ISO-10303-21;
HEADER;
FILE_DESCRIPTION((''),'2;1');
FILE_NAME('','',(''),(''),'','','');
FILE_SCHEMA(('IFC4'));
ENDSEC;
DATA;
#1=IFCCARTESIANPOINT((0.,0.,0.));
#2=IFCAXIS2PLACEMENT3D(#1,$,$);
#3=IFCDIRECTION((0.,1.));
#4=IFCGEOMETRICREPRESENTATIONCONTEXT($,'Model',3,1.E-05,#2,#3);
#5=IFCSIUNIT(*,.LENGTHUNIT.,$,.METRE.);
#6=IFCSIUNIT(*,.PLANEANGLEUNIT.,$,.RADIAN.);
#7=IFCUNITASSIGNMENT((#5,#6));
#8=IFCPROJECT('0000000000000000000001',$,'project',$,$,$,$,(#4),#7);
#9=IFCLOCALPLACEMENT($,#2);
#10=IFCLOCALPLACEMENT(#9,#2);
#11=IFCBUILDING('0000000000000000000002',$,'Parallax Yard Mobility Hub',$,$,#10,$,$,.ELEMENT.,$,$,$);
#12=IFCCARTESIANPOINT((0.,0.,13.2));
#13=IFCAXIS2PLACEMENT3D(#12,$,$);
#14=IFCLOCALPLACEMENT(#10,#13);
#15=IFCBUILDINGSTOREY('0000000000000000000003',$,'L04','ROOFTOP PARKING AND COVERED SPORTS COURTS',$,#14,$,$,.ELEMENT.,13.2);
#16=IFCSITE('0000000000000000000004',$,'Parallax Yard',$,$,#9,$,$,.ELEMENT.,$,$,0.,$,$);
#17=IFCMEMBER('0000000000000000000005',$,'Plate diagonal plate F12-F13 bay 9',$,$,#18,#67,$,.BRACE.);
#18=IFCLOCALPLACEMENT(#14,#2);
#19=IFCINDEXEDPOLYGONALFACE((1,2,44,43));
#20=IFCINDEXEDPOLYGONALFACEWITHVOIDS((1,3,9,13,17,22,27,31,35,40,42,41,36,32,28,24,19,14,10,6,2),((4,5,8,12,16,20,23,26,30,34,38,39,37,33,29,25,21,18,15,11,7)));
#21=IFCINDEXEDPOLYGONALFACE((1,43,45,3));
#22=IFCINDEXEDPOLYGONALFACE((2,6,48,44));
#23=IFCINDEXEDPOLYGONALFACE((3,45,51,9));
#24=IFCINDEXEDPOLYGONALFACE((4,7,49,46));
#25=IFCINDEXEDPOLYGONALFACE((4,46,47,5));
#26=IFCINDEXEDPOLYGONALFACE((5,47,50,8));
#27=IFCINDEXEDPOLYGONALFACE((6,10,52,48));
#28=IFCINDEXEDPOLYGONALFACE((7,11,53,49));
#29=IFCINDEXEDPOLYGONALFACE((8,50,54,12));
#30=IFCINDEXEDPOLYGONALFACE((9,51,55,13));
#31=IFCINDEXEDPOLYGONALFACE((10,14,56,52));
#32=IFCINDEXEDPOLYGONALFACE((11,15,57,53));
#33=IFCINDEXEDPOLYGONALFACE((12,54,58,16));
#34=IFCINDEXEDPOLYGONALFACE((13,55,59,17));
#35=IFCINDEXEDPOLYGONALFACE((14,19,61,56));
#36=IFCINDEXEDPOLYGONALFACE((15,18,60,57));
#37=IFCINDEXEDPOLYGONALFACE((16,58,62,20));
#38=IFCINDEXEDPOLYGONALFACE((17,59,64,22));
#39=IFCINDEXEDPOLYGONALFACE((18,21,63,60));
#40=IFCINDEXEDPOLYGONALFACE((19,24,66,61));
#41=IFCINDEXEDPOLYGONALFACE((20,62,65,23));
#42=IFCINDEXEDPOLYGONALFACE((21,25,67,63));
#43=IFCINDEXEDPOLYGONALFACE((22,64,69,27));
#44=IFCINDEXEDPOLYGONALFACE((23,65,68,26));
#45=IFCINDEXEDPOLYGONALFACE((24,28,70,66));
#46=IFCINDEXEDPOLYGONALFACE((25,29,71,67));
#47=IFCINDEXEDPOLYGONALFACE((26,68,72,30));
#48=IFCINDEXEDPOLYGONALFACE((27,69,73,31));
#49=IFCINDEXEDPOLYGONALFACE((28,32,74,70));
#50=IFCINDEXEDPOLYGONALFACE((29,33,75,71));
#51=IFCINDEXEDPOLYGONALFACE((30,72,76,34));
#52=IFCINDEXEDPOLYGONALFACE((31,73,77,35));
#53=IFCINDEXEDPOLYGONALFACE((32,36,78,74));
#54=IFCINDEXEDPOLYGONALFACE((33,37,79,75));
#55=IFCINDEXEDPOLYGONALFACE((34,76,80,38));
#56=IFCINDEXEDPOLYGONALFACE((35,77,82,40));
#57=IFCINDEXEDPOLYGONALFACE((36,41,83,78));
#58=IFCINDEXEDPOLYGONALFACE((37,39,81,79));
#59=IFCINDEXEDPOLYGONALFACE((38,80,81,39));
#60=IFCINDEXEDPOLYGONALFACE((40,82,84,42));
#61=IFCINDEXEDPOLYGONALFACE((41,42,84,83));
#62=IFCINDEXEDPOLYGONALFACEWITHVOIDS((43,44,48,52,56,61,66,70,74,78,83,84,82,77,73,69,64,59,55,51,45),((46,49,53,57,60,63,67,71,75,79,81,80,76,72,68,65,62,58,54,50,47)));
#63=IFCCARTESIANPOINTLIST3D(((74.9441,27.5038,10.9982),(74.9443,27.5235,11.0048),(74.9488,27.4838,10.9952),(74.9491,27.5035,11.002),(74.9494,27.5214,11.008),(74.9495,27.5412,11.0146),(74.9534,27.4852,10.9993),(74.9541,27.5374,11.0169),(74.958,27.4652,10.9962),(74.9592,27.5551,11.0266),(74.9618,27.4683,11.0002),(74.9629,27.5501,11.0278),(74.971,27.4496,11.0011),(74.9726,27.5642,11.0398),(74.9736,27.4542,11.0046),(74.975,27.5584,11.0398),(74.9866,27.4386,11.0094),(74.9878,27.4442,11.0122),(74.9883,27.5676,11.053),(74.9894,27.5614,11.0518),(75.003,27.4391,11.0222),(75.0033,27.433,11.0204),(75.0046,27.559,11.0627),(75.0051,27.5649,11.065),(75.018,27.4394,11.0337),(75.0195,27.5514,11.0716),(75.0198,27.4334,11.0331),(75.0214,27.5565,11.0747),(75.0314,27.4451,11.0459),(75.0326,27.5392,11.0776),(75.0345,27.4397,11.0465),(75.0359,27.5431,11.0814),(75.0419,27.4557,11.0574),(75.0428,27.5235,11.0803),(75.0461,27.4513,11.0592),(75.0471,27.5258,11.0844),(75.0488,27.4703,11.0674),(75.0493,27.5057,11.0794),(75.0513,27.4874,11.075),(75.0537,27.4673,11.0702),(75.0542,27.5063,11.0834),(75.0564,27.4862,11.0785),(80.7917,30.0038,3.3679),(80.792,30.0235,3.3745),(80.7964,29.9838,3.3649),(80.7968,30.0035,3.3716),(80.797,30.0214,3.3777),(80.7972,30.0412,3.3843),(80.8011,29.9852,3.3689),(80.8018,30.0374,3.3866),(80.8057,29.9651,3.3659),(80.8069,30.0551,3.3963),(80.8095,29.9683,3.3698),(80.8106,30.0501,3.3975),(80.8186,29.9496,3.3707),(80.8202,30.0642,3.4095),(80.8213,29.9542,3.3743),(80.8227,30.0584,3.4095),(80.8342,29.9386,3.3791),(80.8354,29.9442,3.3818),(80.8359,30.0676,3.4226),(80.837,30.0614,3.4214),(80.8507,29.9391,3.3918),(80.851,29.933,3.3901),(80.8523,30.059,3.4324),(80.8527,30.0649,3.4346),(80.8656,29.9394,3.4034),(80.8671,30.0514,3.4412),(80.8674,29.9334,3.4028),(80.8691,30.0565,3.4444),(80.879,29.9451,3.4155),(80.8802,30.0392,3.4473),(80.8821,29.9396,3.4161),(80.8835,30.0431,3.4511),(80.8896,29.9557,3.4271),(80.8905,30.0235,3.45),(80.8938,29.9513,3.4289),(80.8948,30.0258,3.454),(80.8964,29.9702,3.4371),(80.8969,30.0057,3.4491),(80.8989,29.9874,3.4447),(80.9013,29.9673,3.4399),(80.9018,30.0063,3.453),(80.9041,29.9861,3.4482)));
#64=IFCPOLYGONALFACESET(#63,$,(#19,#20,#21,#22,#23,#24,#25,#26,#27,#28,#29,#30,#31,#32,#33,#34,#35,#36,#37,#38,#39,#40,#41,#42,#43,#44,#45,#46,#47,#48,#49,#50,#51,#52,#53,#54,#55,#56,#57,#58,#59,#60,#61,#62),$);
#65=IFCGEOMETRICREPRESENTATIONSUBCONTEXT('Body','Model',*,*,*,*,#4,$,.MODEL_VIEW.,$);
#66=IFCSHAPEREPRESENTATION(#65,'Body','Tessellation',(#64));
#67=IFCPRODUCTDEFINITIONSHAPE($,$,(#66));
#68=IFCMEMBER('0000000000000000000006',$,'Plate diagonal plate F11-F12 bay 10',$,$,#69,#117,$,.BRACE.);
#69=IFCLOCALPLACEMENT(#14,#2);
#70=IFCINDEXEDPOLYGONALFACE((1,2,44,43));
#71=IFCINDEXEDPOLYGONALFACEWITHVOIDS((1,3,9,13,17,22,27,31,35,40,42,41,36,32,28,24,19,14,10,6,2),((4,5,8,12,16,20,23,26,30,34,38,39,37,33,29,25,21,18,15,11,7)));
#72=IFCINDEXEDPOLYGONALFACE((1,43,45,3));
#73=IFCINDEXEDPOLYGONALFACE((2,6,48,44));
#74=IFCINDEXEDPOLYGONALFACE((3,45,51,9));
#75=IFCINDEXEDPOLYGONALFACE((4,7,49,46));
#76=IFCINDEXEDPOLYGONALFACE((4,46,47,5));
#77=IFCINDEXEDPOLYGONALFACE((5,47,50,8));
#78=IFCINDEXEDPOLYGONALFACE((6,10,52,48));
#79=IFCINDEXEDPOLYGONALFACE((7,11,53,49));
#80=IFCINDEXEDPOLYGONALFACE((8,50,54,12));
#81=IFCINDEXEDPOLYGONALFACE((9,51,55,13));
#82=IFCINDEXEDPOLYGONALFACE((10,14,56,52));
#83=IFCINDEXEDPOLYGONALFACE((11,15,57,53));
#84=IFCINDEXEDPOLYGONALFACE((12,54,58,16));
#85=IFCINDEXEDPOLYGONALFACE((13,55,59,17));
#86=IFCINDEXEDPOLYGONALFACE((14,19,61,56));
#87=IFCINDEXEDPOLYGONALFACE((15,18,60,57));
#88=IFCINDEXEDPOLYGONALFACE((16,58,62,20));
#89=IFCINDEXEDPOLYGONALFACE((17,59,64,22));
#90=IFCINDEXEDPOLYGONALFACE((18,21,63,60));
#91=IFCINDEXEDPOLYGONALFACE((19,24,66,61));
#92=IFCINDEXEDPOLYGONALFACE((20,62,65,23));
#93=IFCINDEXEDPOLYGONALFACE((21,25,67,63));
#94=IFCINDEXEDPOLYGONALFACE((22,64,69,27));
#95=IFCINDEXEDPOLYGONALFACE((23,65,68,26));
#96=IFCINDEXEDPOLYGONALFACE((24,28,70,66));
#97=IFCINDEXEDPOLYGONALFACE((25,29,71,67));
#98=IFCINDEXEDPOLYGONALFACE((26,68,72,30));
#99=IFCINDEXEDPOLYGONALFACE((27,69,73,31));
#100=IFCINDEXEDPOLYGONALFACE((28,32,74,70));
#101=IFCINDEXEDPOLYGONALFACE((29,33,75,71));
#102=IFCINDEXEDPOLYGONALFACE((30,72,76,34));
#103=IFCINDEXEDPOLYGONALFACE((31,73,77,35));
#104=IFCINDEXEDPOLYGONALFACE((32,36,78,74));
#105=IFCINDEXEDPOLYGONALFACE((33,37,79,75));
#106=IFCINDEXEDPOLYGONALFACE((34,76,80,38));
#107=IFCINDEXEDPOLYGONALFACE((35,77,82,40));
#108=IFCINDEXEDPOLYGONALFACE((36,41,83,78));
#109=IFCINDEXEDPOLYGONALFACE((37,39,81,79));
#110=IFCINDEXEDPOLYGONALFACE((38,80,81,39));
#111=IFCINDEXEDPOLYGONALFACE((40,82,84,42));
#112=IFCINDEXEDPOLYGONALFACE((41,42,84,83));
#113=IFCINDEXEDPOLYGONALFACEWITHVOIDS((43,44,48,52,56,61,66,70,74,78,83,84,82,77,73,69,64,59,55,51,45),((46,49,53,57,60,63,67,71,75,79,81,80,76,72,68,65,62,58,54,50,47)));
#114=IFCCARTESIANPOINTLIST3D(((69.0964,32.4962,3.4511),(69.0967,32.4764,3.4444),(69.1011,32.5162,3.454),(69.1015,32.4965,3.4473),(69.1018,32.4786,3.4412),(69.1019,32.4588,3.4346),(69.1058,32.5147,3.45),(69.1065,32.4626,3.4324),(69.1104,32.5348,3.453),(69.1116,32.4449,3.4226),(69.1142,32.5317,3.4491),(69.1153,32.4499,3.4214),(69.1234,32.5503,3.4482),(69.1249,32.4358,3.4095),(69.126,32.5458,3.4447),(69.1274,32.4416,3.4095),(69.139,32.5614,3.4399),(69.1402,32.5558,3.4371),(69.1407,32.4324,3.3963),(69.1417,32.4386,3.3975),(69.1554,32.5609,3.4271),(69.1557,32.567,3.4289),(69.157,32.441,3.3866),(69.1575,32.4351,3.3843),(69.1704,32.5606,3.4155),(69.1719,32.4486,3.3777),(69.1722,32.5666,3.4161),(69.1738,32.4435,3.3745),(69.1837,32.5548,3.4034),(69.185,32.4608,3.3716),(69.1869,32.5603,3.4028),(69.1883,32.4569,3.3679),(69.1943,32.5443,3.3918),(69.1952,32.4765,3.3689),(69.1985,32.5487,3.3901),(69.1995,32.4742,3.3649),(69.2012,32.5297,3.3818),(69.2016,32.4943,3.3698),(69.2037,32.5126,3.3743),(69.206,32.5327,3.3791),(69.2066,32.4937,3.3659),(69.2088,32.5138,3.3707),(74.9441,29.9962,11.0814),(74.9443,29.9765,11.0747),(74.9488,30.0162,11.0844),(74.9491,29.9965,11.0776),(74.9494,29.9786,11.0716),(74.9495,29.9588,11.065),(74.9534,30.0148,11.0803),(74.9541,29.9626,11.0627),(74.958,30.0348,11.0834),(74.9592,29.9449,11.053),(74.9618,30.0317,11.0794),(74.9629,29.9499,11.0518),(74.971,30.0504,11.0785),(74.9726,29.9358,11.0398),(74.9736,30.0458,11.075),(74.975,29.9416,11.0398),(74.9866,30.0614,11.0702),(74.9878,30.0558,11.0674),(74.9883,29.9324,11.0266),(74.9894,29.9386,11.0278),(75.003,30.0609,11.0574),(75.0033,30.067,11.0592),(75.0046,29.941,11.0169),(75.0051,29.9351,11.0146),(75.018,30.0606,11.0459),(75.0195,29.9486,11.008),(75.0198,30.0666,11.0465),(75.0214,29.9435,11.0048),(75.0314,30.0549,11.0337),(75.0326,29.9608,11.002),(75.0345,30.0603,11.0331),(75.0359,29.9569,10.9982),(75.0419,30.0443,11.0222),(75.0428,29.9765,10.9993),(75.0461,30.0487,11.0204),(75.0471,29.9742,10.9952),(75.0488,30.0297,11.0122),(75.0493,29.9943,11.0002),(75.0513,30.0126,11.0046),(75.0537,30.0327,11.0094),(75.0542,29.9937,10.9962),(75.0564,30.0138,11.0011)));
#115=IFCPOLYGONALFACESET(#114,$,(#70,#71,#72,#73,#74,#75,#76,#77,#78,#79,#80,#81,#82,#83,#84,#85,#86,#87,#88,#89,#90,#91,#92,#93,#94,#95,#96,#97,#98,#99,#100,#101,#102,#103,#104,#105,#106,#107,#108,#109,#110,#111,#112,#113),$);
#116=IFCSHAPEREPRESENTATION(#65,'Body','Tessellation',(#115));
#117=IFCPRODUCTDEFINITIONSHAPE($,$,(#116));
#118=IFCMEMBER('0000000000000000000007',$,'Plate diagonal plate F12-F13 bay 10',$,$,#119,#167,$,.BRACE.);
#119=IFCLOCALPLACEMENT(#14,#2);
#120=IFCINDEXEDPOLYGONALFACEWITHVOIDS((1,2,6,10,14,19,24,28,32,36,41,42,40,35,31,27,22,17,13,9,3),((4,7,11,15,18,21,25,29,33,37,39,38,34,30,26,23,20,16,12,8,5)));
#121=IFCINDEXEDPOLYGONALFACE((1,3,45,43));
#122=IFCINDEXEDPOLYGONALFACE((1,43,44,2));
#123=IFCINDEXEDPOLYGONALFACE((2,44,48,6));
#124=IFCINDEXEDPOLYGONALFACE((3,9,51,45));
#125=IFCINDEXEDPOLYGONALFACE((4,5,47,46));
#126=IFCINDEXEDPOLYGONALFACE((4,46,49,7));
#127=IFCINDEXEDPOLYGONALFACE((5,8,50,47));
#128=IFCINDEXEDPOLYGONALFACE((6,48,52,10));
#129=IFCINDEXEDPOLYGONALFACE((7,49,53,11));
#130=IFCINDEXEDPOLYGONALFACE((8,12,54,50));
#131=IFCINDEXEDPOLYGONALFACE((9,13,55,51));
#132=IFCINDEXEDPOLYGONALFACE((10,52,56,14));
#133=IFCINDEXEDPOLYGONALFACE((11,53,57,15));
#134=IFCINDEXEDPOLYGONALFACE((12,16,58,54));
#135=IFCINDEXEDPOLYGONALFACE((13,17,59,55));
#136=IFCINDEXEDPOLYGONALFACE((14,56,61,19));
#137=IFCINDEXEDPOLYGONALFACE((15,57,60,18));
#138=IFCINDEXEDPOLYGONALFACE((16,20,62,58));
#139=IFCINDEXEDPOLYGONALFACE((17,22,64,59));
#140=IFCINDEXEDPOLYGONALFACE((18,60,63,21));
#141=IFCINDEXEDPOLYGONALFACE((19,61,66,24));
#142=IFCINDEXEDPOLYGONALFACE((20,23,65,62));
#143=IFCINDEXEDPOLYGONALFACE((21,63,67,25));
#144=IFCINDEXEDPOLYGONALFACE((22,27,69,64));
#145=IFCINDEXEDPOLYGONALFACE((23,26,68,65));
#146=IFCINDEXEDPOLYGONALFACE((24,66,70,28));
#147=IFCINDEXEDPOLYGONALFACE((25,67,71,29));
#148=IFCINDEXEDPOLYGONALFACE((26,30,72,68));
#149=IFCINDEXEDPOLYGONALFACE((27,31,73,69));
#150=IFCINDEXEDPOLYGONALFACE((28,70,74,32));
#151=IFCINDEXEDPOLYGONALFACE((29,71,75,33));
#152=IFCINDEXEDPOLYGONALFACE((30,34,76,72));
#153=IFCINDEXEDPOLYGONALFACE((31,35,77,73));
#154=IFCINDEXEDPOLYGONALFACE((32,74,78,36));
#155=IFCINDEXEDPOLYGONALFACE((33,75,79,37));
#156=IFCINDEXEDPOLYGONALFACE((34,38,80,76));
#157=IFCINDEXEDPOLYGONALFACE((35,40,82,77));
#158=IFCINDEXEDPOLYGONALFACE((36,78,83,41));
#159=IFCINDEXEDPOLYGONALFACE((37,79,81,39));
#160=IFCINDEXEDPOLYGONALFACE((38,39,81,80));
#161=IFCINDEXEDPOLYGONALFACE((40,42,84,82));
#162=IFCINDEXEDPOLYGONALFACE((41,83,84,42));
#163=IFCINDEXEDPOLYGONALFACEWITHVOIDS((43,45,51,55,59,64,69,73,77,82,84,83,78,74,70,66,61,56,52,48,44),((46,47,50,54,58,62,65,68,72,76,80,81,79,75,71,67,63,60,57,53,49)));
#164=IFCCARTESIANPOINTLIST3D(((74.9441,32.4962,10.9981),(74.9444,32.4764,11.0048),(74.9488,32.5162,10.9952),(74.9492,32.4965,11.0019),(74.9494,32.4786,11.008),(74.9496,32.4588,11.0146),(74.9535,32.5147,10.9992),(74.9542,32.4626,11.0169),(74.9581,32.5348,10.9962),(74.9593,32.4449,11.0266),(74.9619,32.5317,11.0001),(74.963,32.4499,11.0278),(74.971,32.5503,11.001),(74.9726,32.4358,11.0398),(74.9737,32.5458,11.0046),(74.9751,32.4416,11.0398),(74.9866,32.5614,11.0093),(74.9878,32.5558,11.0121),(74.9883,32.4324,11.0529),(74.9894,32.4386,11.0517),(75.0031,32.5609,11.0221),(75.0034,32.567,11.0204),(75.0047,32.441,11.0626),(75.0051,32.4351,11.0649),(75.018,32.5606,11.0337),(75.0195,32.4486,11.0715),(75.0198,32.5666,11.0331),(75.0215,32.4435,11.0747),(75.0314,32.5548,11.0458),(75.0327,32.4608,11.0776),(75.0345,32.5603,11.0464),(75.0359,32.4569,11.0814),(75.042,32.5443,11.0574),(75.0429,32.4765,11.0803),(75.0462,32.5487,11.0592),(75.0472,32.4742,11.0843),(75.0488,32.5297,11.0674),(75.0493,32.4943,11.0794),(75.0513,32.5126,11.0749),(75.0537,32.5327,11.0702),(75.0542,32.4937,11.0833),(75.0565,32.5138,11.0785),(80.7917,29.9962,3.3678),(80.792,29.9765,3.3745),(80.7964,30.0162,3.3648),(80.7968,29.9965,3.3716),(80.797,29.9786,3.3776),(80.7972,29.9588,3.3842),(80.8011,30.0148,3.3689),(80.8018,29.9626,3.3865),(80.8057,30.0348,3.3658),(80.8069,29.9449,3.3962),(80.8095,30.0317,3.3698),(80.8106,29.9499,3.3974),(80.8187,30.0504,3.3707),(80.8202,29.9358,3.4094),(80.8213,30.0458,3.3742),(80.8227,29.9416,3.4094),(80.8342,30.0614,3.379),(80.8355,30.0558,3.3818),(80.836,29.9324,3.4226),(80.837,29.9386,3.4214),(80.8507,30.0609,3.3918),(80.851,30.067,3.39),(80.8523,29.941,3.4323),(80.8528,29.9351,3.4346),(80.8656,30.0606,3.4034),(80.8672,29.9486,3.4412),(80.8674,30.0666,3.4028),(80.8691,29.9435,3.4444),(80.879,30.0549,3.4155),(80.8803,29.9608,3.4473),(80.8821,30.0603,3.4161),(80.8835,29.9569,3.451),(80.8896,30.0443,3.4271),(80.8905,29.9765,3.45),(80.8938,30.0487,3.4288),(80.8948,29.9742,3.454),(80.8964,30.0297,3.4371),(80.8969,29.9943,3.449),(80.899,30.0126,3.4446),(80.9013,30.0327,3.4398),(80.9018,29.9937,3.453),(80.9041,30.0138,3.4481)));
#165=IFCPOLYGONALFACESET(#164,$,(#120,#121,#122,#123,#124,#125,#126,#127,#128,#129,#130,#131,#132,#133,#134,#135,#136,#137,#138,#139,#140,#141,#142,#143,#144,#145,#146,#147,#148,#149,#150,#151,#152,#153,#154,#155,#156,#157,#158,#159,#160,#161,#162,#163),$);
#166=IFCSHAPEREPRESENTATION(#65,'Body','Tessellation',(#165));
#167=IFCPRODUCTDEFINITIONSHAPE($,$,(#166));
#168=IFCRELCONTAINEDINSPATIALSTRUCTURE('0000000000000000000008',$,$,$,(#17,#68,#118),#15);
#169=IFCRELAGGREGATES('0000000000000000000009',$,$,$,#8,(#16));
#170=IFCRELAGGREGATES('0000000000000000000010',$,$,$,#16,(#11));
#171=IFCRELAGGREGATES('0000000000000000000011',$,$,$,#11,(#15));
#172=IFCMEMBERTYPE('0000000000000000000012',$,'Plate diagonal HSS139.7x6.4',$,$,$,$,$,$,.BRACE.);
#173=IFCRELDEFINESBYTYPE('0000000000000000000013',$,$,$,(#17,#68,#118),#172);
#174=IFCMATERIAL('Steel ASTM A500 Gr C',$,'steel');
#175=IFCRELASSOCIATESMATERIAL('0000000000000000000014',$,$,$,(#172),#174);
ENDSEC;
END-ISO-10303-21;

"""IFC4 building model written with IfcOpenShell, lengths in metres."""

from ifc_helpers import new_model, si_unit, direction, frame, origin, origin_2d, place, context, subcontext, project, spatial, hollow_circle, extrude, material, material_profile, profile_set, type_object, element, save


model = new_model("IFC4")

# Units and contexts
model_context = context("Model", 3, precision=1e-05, world=origin(), true_north=direction((0.0, 1.0)))
body_context = subcontext(model_context, "Body", "Model", "MODEL_VIEW")
ifc_project = project(units=[si_unit("LENGTHUNIT", "METRE"), si_unit("PLANEANGLEUNIT", "RADIAN")], contexts=[model_context])

# Site, building, storey
site_placement = place(None, origin())
site = spatial("IfcSite", under=ifc_project, at=site_placement, Name="Parallax Yard", CompositionType="ELEMENT", RefElevation=0.0)
building_placement = place(site_placement, origin())
building = spatial("IfcBuilding", under=site, at=building_placement, Name="Parallax Yard Mobility Hub", CompositionType="ELEMENT")
storey_placement = place(building_placement, frame((0.0, 0.0, 13.2)))
storey = spatial("IfcBuildingStorey", under=building, at=storey_placement, Name="L04", Description="ROOFTOP PARKING AND COVERED SPORTS COURTS", CompositionType="ELEMENT", Elevation=13.2)

# Members
ifc_material_1 = material(Name="Steel ASTM A500 Gr C", Category="steel")
ifc_material_profile_1 = material_profile(ifc_material_1, hollow_circle(Radius=0.0698, WallThickness=0.0063, at=origin_2d()), Name="HSS139.7x6.4")
ifc_profile_set_1 = profile_set([ifc_material_profile_1], Name="Steel ASTM A500 Gr C")
member_type_1 = type_object("IfcMemberType", Name="Plate diagonal HSS139.7x6.4", PredefinedType="BRACE", material=ifc_profile_set_1)
for number, where, z_axis, x_axis, name in (
    (1, (75.0, 27.5, 11.0398), (0.588701, 0.251682, -0.768172), (-0.393104, 0.919494, 0.0), "Plate diagonal plate F12-F13 bay 9"),
    (2, (75.0, 30.0, 11.0398), (-0.588701, 0.251682, -0.768172), (-0.393104, -0.919494, 0.0), "Plate diagonal plate F11-F12 bay 10"),
    (3, (80.8477, 30.0, 3.4094), (-0.588701, 0.251682, 0.768172), (-0.393104, -0.919494, 0.0), "Plate diagonal plate F12-F13 bay 10"),
):
    element("IfcMember", number, at=place(storey_placement, frame(where, z_axis=z_axis, x_axis=x_axis)), inside=storey, type_object=member_type_1, Name=name, PredefinedType="BRACE", context=body_context, shape_type="SweptSolid", body=[
        extrude(hollow_circle(Radius=0.0698, WallThickness=0.0063, at=origin_2d()), origin(), (0.0, 0.0, 1.0), 9.9331),
    ])

save(model, "model.ifc")
